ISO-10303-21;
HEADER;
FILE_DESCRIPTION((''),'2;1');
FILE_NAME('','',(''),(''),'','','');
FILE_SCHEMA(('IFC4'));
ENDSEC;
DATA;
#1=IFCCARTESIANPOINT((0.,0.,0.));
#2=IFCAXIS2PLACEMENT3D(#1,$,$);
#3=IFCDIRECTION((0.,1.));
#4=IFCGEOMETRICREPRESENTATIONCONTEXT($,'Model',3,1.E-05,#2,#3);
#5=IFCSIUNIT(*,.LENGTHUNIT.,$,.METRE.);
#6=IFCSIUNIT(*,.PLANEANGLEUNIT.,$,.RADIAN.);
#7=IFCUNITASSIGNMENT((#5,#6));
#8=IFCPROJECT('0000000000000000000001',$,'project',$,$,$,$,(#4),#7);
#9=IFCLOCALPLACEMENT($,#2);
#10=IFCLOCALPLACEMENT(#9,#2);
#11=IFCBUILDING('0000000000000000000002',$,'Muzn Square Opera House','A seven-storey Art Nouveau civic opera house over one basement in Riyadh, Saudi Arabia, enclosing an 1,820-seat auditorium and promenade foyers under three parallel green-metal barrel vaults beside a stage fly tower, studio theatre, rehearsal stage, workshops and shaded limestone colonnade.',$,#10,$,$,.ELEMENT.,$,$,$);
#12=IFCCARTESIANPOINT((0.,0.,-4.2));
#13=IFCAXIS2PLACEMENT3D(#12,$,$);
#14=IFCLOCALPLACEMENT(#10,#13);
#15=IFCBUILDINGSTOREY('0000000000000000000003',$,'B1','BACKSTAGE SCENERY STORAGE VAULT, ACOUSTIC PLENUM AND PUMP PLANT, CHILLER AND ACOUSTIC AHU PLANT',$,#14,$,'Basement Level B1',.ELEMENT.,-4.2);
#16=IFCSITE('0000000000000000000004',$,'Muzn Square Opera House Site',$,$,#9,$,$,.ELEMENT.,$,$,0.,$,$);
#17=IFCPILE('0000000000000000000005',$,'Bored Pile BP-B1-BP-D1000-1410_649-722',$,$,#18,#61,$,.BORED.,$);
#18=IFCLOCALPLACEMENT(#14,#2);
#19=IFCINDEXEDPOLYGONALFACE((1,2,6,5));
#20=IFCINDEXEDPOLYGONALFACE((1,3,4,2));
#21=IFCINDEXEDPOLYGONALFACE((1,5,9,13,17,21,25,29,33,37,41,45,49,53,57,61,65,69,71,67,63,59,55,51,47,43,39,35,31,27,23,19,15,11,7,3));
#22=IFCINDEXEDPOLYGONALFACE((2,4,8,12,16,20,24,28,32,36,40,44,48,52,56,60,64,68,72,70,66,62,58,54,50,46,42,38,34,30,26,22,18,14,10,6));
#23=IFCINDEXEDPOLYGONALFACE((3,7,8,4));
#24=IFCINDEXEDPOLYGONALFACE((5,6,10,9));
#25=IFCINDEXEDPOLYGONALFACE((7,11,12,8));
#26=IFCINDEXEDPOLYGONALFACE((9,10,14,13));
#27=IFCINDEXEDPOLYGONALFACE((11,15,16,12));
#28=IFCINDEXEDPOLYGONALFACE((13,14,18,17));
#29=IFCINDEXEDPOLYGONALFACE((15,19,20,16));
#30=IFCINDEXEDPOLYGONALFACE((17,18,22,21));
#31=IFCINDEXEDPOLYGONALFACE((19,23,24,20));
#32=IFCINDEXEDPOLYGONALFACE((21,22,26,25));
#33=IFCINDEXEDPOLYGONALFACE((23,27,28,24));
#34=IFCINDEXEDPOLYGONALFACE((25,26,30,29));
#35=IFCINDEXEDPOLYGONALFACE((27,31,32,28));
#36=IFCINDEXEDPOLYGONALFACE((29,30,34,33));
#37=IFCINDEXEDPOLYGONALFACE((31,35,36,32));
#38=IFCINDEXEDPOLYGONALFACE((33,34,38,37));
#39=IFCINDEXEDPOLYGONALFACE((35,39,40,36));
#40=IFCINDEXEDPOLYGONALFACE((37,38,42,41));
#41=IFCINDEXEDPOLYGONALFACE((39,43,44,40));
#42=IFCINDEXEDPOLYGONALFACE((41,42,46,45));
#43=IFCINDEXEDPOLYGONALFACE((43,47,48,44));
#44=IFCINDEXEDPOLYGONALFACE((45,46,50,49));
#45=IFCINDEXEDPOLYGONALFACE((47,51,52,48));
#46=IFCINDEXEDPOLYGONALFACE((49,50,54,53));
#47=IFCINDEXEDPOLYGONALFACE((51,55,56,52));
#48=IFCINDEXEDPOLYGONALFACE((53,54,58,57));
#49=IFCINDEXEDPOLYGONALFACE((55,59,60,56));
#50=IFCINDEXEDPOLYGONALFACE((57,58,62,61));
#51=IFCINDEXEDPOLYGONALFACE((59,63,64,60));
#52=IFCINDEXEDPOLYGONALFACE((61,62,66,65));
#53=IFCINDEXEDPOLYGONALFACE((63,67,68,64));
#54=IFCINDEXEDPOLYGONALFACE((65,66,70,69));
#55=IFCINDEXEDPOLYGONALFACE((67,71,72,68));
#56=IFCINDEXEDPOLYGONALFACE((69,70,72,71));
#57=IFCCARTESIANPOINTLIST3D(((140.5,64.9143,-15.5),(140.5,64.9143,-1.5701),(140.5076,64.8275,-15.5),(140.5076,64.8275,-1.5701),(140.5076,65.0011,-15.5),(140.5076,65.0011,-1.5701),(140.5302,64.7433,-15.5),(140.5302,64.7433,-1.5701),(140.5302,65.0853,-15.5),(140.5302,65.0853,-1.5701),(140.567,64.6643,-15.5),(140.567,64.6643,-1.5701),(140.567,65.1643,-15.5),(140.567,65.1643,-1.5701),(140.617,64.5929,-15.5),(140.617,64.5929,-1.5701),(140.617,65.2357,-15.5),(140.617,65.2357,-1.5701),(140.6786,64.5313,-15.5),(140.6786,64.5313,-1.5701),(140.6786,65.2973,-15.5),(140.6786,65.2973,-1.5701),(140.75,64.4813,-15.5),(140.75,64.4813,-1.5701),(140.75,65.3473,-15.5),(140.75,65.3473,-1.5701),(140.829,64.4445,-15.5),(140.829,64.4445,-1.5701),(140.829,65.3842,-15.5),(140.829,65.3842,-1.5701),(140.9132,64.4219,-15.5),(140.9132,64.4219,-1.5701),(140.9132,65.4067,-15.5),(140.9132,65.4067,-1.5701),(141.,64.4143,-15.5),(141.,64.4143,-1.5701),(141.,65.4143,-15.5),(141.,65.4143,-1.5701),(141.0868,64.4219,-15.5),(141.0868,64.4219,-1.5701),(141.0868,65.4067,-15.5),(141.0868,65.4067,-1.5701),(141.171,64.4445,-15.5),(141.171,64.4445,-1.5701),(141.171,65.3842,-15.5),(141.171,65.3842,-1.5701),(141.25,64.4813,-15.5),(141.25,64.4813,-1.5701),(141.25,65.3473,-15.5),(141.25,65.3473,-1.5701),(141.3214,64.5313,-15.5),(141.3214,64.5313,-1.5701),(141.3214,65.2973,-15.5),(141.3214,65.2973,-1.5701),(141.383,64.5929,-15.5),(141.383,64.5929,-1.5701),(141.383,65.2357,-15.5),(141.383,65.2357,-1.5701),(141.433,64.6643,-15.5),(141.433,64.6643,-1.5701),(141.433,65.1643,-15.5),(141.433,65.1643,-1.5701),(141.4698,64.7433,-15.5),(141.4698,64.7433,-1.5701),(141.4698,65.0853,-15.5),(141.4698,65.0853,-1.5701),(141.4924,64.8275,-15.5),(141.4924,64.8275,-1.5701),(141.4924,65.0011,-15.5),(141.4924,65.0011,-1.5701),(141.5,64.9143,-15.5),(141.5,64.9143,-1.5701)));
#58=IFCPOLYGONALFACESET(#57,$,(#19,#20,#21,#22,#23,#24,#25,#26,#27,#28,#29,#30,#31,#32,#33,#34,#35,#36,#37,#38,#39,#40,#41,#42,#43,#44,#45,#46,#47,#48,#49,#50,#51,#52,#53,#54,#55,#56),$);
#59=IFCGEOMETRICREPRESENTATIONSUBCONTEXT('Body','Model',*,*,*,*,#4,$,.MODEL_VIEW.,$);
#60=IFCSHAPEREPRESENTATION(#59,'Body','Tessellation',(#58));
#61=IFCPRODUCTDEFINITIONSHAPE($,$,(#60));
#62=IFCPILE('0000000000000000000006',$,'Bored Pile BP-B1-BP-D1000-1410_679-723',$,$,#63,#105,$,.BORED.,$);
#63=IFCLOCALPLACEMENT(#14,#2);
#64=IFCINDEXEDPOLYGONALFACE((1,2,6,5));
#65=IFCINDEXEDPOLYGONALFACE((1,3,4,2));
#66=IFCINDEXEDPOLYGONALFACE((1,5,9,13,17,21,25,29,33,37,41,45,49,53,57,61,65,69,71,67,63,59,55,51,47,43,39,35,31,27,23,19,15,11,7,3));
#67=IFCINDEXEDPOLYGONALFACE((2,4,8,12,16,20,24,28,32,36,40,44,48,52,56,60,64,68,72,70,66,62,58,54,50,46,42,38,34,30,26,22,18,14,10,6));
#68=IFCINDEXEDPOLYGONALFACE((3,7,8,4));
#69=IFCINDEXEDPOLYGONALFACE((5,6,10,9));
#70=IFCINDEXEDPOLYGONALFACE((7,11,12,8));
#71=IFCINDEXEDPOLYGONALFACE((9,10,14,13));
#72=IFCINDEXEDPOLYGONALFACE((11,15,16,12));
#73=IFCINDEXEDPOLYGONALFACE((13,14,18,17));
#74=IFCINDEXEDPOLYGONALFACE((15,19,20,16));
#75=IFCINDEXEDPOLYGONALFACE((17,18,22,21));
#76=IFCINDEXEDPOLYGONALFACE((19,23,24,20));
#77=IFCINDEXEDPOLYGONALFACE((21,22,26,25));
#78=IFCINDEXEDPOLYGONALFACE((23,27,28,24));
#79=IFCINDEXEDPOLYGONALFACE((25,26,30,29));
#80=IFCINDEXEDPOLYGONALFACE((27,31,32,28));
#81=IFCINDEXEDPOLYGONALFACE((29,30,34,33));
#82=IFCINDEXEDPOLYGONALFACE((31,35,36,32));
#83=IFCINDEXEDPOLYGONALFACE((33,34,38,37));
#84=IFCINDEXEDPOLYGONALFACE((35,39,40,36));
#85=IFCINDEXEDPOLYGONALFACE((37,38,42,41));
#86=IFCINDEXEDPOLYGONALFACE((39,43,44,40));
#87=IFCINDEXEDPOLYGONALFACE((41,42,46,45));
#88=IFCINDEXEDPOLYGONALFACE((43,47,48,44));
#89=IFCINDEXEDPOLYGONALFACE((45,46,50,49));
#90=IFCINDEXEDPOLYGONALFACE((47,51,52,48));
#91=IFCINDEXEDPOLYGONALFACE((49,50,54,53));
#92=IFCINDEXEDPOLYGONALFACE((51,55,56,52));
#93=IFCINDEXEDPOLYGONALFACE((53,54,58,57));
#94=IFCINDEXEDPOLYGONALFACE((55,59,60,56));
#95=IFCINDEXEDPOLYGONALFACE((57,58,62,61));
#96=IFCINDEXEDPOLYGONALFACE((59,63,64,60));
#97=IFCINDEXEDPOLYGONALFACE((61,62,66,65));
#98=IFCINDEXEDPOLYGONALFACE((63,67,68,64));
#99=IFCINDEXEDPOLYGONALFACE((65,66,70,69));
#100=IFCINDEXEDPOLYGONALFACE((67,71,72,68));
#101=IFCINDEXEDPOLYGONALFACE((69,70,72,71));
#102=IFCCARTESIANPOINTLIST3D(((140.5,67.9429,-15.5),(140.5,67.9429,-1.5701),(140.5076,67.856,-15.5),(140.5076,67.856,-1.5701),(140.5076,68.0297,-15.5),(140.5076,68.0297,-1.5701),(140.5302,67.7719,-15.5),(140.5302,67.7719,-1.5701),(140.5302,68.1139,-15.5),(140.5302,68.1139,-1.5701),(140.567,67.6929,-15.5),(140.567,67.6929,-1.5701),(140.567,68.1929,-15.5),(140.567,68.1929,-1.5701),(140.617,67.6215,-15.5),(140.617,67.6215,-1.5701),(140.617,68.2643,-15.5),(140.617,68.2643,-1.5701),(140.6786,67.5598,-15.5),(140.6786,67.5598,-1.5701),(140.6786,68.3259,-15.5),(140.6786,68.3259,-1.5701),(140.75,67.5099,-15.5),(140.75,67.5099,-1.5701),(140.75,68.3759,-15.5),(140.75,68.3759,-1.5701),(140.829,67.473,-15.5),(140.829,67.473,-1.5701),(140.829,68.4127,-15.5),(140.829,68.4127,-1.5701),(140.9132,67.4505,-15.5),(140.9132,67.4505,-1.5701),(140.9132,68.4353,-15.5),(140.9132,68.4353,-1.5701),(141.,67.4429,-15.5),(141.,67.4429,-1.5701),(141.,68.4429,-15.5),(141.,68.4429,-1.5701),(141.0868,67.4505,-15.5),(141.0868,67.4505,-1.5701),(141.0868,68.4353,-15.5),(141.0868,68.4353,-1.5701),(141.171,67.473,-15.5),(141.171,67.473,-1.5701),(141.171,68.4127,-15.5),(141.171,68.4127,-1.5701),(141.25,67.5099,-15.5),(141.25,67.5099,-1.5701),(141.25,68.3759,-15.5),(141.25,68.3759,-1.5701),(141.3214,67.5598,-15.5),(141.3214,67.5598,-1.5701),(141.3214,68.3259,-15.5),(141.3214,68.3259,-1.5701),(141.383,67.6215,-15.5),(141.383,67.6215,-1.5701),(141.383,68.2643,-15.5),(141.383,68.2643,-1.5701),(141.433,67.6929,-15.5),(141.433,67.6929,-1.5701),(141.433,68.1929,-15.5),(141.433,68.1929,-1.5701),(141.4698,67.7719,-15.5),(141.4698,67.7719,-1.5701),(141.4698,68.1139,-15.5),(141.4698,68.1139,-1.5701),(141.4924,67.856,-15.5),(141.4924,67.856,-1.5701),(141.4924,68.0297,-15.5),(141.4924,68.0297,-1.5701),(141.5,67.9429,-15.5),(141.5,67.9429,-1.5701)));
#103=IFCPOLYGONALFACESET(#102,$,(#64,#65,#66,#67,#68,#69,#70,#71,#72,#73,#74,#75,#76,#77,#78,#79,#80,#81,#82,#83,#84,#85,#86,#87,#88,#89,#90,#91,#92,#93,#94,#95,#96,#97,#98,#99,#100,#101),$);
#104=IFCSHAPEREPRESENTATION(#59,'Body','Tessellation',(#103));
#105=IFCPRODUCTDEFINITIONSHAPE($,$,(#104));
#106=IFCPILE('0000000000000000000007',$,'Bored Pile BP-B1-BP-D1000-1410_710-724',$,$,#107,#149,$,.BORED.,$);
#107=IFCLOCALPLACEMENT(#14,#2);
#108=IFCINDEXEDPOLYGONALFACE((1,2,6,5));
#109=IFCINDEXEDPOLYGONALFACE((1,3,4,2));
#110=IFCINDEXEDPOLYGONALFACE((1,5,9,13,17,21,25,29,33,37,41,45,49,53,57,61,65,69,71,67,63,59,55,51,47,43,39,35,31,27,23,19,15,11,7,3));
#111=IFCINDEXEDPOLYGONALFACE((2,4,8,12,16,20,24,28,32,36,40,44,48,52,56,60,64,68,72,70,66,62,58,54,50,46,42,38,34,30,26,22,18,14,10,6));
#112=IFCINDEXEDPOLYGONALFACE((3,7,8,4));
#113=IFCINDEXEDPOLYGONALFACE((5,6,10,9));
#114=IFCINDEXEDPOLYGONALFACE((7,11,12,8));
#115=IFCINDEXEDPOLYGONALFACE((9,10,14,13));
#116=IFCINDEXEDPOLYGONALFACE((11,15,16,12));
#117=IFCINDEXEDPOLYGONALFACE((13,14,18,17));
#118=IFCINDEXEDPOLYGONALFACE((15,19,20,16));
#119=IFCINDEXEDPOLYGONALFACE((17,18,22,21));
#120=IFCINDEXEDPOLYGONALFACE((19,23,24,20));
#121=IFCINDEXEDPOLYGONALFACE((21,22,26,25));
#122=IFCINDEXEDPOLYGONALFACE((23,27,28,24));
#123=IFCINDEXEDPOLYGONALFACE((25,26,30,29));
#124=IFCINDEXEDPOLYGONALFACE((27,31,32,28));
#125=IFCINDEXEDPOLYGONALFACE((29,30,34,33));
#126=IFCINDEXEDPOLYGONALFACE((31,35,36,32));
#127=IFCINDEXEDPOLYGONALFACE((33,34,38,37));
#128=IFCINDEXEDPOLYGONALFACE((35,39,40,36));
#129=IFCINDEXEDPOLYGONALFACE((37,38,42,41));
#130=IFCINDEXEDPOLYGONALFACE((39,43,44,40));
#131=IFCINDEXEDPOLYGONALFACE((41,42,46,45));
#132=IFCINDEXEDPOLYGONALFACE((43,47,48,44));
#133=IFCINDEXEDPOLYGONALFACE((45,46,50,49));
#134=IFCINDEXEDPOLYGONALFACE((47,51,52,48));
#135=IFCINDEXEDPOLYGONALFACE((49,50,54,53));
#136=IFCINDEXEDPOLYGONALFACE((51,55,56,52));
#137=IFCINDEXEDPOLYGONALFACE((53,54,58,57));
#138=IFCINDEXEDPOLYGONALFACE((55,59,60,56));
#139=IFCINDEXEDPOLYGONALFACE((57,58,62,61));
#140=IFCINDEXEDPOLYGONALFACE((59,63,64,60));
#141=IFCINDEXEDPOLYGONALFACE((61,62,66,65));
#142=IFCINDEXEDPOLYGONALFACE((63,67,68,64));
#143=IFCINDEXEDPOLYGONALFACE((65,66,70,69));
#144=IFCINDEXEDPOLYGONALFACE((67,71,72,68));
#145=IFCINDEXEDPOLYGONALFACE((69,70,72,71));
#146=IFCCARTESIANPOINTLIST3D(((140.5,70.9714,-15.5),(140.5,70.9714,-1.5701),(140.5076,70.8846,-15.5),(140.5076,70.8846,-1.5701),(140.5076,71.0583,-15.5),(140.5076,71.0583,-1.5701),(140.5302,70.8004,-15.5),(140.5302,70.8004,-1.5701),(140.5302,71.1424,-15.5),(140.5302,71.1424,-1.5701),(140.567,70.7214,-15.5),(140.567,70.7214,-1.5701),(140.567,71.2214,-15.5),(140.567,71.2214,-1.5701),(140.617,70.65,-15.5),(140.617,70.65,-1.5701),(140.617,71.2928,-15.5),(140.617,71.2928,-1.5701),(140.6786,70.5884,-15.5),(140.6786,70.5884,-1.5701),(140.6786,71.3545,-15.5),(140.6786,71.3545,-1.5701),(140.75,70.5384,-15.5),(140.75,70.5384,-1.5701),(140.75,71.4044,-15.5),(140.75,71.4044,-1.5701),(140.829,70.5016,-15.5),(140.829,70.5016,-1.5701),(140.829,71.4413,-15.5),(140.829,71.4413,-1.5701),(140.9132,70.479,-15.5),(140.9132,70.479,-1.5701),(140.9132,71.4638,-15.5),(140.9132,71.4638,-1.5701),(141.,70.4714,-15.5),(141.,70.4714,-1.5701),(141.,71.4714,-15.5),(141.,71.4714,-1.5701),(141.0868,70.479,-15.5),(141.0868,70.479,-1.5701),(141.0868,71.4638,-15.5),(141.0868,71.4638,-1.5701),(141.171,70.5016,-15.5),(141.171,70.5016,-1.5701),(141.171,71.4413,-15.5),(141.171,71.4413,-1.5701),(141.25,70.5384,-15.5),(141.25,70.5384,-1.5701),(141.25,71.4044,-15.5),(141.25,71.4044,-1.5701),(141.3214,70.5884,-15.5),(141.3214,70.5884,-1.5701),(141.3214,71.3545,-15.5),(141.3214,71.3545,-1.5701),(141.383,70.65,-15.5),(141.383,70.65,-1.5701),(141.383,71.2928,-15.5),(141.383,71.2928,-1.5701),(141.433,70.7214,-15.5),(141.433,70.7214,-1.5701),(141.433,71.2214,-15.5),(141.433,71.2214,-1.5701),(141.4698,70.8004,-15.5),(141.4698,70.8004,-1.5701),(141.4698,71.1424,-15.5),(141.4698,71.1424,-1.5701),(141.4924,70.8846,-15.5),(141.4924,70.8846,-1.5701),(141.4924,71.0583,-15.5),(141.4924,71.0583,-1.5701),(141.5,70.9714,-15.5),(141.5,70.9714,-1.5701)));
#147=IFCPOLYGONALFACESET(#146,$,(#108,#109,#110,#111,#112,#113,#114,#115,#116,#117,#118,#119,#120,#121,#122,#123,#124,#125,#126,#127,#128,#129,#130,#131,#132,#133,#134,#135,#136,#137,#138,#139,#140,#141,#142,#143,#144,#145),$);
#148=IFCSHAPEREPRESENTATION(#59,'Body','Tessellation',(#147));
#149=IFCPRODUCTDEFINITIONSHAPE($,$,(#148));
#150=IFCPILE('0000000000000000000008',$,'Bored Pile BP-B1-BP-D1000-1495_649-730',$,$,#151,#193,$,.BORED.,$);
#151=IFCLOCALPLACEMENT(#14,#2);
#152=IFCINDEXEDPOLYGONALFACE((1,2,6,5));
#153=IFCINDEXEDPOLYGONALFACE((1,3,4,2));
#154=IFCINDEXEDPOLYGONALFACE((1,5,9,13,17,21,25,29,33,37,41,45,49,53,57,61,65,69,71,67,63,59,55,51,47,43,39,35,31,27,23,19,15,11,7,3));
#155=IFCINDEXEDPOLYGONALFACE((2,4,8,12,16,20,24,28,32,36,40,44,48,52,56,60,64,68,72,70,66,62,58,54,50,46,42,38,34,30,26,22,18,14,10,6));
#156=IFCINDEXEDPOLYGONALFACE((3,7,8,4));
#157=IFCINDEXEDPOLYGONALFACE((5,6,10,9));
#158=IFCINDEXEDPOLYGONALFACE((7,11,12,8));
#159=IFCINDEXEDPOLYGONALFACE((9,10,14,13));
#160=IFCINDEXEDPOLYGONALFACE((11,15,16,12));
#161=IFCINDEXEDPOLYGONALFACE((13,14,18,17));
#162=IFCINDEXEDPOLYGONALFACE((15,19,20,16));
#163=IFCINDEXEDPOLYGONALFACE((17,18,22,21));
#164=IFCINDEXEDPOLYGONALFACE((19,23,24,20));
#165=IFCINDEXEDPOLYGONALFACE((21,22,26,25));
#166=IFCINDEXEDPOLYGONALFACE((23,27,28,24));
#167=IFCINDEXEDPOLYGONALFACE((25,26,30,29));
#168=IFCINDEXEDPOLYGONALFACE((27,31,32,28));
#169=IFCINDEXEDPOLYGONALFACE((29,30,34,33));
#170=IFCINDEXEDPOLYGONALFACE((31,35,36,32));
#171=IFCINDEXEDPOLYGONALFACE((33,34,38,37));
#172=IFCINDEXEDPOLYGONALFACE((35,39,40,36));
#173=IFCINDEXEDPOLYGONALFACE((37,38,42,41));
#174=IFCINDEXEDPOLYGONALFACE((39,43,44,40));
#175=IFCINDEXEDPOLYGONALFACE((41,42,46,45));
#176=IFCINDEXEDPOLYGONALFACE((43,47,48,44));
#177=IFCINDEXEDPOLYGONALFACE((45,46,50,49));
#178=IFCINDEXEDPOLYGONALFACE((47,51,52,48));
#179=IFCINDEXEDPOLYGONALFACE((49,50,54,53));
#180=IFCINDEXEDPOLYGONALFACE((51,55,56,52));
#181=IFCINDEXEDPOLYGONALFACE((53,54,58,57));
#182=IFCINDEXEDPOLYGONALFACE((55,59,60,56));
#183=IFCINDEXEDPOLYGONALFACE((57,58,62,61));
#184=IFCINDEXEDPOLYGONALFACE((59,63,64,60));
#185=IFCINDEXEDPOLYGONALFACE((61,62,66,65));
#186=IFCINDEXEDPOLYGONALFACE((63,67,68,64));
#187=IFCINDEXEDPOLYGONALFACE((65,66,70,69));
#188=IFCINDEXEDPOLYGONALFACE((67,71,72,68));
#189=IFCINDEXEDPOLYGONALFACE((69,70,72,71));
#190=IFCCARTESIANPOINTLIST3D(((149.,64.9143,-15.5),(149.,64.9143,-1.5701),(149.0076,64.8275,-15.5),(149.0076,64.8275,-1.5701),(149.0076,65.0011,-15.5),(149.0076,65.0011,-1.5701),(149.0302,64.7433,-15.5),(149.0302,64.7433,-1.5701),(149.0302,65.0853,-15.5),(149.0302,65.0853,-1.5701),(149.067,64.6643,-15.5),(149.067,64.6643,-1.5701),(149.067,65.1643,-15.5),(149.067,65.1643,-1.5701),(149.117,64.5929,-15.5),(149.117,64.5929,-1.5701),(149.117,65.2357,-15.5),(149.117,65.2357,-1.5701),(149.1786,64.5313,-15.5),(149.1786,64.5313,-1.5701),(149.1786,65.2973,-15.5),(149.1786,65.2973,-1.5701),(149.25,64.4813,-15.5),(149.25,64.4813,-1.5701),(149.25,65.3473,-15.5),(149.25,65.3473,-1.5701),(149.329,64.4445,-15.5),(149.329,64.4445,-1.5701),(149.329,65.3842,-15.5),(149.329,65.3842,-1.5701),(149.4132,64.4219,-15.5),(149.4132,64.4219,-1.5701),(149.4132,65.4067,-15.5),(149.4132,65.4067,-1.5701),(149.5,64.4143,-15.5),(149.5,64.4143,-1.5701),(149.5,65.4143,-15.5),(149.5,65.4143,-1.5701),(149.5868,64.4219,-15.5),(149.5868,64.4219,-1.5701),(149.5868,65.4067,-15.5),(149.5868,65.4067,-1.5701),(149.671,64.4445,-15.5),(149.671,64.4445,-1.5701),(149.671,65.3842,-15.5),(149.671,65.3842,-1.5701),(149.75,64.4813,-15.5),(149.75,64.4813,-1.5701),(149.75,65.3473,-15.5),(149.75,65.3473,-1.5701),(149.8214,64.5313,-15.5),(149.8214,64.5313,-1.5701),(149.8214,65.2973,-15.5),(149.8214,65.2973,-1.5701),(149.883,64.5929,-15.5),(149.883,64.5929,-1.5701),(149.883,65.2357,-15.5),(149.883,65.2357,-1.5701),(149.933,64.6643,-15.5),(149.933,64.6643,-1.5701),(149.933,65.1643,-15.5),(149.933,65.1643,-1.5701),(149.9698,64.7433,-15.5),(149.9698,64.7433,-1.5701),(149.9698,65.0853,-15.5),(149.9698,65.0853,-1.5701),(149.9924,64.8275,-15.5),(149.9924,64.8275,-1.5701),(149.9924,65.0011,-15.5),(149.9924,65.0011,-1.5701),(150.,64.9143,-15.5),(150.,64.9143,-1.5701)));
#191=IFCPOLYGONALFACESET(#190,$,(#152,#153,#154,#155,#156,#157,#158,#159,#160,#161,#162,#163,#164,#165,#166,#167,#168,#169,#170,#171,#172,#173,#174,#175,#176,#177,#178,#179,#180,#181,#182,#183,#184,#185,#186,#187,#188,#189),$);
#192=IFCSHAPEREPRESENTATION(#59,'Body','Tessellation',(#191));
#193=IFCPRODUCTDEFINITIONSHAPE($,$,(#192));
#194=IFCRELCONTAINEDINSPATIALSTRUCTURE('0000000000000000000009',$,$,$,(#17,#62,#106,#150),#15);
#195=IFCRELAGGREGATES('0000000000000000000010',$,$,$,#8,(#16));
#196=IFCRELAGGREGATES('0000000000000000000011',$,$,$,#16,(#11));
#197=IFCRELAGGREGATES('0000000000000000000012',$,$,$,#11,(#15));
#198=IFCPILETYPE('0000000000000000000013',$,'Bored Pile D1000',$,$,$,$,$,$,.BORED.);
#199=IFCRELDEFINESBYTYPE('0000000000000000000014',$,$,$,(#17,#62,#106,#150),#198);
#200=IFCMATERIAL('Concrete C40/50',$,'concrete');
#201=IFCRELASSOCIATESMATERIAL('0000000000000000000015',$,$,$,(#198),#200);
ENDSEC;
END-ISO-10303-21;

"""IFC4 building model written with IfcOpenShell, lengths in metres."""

from ifc_helpers import new_model, si_unit, direction, frame, origin, origin_2d, place, context, subcontext, project, spatial, circle, extrude, material, material_profile, profile_set, type_object, element, save


model = new_model("IFC4")

# Units and contexts
model_context = context("Model", 3, precision=1e-05, world=origin(), true_north=direction((0.0, 1.0)))
body_context = subcontext(model_context, "Body", "Model", "MODEL_VIEW")
ifc_project = project(units=[si_unit("LENGTHUNIT", "METRE"), si_unit("PLANEANGLEUNIT", "RADIAN")], contexts=[model_context])

# Site, building, storey
site_placement = place(None, origin())
site = spatial("IfcSite", under=ifc_project, at=site_placement, Name="Muzn Square Opera House Site", CompositionType="ELEMENT", RefElevation=0.0)
building_placement = place(site_placement, origin())
building = spatial("IfcBuilding", under=site, at=building_placement, Name="Muzn Square Opera House", Description="A seven-storey Art Nouveau civic opera house over one basement in Riyadh, Saudi Arabia, enclosing an 1,820-seat auditorium and promenade foyers under three parallel green-metal barrel vaults beside a stage fly tower, studio theatre, rehearsal stage, workshops and shaded limestone colonnade.", CompositionType="ELEMENT")
storey_placement = place(building_placement, frame((0.0, 0.0, -4.2)))
storey = spatial("IfcBuildingStorey", under=building, at=storey_placement, Name="B1", Description="BACKSTAGE SCENERY STORAGE VAULT, ACOUSTIC PLENUM AND PUMP PLANT, CHILLER AND ACOUSTIC AHU PLANT", LongName="Basement Level B1", CompositionType="ELEMENT", Elevation=-4.2)

# Piles
ifc_material_1 = material(Name="Concrete C40/50", Category="concrete")
ifc_material_profile_1 = material_profile(ifc_material_1, circle(Radius=0.5, at=origin_2d()), Name="BORED PILE D1000", Category="concrete")
ifc_profile_set_1 = profile_set([ifc_material_profile_1], Name="Concrete C40/50")
pile_type = type_object("IfcPileType", Name="Bored Pile D1000", PredefinedType="BORED", material=ifc_profile_set_1)
for number, where, z_axis, x_axis, name in (
    (1, (141.0, 64.9143, -1.5701), (0.0, 0.0, -1.0), (1.0, 0.0, 0.0), "Bored Pile BP-B1-BP-D1000-1410_649-722"),
    (2, (141.0, 67.9429, -1.5701), (0.0, 0.0, -1.0), (1.0, 0.0, 0.0), "Bored Pile BP-B1-BP-D1000-1410_679-723"),
    (3, (141.0, 70.9714, -1.5701), (0.0, 0.0, -1.0), (1.0, 0.0, 0.0), "Bored Pile BP-B1-BP-D1000-1410_710-724"),
    (4, (149.5, 64.9143, -1.5701), (0.0, 0.0, -1.0), (1.0, 0.0, 0.0), "Bored Pile BP-B1-BP-D1000-1495_649-730"),
):
    element("IfcPile", number, at=place(storey_placement, frame(where, z_axis=z_axis, x_axis=x_axis)), inside=storey, type_object=pile_type, Name=name, PredefinedType="BORED", context=body_context, shape_type="SweptSolid", body=[
        extrude(circle(Radius=0.5, at=origin_2d()), origin(), (0.0, 0.0, 1.0), 13.9299),
    ])

save(model, "model.ifc")
